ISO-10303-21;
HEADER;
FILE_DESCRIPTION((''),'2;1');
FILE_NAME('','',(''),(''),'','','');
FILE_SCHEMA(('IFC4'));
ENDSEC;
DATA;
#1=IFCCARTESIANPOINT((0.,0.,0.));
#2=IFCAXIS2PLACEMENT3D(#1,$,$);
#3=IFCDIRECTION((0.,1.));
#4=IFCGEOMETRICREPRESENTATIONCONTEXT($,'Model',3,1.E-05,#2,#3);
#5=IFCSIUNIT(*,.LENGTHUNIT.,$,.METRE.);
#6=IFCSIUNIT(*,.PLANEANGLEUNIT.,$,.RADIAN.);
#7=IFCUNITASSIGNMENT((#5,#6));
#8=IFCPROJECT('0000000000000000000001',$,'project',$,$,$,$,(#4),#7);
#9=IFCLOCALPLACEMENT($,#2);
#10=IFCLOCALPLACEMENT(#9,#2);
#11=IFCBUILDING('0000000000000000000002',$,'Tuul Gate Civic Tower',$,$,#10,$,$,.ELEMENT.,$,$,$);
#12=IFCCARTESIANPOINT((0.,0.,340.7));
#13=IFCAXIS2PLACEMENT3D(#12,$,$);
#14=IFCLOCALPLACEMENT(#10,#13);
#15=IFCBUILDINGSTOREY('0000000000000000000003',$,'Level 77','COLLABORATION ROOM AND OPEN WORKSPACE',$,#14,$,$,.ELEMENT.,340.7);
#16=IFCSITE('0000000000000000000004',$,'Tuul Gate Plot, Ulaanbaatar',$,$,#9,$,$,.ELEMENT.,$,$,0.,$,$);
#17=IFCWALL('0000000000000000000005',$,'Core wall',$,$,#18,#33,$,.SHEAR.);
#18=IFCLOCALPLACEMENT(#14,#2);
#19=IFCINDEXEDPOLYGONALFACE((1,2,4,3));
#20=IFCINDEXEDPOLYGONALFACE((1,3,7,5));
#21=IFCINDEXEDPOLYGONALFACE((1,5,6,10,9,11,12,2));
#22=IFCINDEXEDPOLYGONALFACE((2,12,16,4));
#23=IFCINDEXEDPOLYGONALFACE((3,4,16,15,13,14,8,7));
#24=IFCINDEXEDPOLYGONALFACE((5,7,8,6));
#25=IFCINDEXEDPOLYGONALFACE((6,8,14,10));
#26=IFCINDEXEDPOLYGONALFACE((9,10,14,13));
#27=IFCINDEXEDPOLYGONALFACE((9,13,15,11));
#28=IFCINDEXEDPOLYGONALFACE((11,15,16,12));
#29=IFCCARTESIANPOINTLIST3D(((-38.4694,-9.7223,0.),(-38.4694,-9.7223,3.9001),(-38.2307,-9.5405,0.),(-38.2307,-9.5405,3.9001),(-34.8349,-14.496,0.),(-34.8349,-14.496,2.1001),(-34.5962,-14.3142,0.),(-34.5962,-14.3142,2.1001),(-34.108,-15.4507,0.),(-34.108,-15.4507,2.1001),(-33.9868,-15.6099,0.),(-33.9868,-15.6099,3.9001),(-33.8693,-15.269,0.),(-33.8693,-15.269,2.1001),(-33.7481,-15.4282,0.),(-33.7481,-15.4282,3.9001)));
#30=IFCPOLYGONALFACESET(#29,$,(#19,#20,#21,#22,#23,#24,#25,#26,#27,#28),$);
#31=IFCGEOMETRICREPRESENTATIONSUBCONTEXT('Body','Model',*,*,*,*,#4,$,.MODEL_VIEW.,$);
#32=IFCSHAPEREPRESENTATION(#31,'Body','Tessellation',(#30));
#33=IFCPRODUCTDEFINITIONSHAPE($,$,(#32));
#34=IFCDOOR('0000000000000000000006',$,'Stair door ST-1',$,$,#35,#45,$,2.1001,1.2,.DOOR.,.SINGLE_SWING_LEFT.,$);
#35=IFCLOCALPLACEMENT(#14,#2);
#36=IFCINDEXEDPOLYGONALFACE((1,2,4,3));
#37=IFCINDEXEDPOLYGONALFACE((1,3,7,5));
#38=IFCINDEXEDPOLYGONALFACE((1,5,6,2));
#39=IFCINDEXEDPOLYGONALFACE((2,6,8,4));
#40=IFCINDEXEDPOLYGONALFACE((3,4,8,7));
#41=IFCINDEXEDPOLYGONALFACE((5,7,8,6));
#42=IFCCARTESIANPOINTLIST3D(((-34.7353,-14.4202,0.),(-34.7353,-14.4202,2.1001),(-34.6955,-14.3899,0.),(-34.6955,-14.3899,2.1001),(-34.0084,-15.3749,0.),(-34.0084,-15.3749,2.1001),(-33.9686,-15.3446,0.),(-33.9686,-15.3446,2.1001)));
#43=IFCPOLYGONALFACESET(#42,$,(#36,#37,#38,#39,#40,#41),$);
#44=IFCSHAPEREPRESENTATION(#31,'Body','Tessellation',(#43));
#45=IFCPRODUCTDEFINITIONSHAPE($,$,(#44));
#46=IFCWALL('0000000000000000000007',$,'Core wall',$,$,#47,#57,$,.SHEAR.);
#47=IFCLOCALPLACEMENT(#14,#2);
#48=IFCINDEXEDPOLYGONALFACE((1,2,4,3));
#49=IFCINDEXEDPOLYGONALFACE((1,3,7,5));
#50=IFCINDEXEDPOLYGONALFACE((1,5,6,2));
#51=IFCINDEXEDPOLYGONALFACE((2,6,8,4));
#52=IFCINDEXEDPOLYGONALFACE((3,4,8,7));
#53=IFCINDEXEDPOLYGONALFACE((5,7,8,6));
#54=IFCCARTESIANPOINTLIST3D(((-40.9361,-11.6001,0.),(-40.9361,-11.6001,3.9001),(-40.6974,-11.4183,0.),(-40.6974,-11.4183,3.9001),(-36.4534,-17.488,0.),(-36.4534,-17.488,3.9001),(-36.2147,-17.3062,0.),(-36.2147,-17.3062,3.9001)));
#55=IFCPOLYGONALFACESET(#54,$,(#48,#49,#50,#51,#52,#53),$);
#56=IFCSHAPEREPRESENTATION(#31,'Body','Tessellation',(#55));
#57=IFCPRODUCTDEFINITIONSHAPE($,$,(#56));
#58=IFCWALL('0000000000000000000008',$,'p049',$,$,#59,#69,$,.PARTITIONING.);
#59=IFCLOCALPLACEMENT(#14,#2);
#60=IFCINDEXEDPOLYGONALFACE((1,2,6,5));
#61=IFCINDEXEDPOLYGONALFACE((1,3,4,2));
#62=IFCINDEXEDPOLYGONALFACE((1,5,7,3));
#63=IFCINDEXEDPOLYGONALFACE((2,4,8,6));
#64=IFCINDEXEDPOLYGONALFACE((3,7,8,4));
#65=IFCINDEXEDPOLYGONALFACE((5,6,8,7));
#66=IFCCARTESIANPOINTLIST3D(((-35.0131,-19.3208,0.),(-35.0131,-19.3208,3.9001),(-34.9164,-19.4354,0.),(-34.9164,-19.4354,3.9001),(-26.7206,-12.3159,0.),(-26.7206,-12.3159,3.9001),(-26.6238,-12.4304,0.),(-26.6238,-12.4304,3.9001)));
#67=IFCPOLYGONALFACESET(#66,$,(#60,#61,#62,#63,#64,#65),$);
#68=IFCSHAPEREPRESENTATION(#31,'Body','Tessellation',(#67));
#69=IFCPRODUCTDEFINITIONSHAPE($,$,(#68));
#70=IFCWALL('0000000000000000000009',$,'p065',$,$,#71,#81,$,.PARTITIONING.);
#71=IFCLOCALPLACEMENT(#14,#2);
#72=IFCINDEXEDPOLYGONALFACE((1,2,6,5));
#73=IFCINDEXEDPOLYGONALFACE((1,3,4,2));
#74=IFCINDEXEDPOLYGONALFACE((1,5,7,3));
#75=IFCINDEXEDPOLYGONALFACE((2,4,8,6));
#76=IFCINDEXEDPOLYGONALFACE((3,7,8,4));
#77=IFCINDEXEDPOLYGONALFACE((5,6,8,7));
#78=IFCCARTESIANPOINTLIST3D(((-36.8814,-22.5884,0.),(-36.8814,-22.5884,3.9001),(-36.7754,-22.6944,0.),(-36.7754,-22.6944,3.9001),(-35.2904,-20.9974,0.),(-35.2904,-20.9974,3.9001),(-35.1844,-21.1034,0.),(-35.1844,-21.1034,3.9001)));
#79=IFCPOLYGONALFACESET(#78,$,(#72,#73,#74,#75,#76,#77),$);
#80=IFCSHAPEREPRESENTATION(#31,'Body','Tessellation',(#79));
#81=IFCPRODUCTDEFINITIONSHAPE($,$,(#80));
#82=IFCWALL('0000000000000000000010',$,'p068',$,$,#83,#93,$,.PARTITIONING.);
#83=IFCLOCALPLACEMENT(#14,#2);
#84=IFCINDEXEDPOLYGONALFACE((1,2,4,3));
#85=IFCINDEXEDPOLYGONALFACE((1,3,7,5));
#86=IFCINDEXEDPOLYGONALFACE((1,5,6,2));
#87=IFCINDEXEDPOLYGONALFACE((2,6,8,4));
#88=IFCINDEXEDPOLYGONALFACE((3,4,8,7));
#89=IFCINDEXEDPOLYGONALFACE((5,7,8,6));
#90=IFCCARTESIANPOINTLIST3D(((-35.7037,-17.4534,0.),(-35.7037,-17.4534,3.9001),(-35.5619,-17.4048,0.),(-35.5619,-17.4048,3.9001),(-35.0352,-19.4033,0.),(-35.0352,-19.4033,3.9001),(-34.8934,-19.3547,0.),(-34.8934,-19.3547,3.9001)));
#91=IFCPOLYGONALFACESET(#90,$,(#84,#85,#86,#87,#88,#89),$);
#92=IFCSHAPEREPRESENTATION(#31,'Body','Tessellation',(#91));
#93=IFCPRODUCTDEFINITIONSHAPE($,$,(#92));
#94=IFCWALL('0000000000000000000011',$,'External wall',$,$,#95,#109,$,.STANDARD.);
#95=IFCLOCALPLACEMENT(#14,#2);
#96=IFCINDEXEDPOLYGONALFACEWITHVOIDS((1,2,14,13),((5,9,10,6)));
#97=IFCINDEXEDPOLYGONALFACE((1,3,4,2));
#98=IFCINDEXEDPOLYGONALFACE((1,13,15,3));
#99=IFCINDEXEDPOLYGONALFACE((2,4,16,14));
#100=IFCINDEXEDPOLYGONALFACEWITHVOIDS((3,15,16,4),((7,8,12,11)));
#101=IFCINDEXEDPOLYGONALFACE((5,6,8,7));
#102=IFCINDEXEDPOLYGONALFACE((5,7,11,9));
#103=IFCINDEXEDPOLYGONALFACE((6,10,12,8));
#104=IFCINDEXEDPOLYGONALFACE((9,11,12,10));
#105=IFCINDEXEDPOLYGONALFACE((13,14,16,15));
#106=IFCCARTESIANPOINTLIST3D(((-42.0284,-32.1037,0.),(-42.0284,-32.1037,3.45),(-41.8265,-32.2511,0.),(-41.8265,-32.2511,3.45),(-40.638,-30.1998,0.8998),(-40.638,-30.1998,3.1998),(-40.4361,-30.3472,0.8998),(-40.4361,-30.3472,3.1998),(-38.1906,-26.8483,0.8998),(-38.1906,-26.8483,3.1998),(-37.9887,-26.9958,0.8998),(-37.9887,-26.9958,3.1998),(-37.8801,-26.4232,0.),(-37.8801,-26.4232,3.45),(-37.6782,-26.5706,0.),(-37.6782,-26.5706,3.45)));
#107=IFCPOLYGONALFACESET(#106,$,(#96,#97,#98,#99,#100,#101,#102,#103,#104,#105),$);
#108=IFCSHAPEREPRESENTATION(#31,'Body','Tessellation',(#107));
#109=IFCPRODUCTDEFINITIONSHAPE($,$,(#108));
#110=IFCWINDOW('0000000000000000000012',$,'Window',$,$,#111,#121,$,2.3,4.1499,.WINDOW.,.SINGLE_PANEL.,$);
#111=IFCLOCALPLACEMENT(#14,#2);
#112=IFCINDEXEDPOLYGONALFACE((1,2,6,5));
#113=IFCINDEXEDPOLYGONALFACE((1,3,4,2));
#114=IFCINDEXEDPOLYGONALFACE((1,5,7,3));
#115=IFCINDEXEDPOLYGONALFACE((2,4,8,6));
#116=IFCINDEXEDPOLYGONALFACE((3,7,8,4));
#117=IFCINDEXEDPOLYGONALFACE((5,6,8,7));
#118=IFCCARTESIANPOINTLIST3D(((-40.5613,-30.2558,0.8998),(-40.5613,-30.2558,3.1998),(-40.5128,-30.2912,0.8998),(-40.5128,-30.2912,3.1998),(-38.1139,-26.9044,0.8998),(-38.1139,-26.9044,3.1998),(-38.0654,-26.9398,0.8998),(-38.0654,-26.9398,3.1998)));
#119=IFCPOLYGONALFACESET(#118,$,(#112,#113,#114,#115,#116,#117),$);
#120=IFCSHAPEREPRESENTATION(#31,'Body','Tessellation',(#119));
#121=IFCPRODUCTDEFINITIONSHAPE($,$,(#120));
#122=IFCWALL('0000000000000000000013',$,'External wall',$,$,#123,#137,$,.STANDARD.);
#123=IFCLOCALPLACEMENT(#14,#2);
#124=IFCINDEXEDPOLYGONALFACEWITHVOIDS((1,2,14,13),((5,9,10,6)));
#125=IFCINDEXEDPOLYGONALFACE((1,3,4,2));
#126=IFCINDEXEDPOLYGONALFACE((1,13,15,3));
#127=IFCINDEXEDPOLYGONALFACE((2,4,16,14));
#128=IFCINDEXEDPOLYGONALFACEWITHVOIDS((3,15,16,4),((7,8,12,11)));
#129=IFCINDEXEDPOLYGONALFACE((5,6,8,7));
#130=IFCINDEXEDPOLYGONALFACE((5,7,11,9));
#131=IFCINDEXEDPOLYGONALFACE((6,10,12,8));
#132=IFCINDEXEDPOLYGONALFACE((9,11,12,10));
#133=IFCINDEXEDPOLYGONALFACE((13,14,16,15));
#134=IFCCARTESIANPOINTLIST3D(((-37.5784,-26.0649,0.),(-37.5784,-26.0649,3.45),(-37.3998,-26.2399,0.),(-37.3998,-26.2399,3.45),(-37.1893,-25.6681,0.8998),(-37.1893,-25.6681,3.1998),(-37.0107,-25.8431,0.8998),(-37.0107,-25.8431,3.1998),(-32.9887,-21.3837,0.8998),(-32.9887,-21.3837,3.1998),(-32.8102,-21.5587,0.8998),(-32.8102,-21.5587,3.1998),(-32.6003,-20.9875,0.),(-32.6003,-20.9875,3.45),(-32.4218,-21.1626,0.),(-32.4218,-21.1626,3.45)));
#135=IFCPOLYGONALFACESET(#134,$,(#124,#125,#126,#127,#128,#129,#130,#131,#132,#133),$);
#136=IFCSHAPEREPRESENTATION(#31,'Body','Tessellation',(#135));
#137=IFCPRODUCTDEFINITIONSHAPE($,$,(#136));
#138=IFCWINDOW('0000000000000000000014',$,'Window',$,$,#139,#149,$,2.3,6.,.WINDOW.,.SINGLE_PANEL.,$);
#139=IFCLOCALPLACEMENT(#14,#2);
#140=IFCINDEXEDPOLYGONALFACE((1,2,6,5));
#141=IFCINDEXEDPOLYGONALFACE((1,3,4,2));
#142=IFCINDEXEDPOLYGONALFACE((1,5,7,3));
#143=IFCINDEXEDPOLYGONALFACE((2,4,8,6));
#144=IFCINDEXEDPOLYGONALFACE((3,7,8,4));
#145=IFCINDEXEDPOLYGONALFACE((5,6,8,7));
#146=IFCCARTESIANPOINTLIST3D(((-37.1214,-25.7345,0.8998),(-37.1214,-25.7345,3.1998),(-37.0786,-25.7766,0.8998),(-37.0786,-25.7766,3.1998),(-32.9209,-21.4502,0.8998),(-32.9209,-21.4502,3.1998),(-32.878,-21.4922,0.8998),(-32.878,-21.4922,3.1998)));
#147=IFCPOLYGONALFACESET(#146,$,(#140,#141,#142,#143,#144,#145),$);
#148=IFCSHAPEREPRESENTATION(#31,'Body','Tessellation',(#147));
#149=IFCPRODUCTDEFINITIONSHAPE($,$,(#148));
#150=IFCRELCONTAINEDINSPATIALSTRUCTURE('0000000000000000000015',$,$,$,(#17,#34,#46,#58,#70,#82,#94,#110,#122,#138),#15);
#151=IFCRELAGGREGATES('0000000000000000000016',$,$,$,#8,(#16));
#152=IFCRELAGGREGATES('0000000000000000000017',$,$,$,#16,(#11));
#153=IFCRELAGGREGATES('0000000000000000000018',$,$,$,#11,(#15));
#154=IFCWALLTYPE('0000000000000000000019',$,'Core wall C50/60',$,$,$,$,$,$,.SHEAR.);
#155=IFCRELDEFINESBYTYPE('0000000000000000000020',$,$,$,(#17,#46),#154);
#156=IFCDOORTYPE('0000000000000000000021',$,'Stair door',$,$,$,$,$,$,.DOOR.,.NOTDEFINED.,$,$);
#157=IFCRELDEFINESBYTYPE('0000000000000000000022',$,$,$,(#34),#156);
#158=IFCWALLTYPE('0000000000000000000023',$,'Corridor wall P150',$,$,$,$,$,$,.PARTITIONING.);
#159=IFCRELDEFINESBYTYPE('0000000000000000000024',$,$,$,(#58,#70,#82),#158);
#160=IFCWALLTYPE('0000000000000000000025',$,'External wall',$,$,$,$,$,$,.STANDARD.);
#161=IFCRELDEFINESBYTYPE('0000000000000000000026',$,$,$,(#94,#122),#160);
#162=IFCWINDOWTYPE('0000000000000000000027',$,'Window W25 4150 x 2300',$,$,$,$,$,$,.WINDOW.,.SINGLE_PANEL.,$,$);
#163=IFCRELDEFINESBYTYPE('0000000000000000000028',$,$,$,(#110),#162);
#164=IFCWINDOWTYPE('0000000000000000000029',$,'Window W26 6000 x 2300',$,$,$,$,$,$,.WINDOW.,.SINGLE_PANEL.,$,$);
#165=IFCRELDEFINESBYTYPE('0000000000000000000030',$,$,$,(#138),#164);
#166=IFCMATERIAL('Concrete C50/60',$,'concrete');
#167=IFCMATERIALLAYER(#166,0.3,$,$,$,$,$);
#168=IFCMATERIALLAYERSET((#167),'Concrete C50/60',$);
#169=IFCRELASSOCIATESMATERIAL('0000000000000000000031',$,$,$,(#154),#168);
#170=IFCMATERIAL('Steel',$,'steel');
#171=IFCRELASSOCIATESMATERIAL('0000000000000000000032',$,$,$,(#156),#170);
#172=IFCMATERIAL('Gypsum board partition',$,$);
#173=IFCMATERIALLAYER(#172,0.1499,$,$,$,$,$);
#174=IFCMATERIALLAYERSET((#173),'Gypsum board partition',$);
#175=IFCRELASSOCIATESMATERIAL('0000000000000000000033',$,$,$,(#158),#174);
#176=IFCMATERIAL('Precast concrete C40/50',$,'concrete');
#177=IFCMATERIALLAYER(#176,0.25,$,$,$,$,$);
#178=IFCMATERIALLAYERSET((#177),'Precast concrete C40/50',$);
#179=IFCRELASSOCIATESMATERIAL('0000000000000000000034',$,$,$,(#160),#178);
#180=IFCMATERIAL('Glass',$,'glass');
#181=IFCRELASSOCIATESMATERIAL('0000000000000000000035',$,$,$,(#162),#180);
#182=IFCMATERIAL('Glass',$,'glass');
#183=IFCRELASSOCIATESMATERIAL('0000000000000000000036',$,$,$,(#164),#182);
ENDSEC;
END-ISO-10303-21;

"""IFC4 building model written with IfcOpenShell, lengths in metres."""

from ifc_helpers import new_model, si_unit, direction, frame, frame_2d, origin, place, context, subcontext, project, spatial, rectangle, extrude, material, layer, layer_set, type_object, element, fill, save


model = new_model("IFC4")

# Units and contexts
model_context = context("Model", 3, precision=1e-05, world=origin(), true_north=direction((0.0, 1.0)))
body_context = subcontext(model_context, "Body", "Model", "MODEL_VIEW")
ifc_project = project(units=[si_unit("LENGTHUNIT", "METRE"), si_unit("PLANEANGLEUNIT", "RADIAN")], contexts=[model_context])

# Site, building, storey
site_placement = place(None, origin())
site = spatial("IfcSite", under=ifc_project, at=site_placement, Name="Tuul Gate Plot, Ulaanbaatar", CompositionType="ELEMENT", RefElevation=0.0)
building_placement = place(site_placement, origin())
building = spatial("IfcBuilding", under=site, at=building_placement, Name="Tuul Gate Civic Tower", CompositionType="ELEMENT")
storey_placement = place(building_placement, frame((0.0, 0.0, 340.7)))
storey = spatial("IfcBuildingStorey", under=building, at=storey_placement, Name="Level 77", Description="COLLABORATION ROOM AND OPEN WORKSPACE", CompositionType="ELEMENT", Elevation=340.7)

# Wall, opening, door
ifc_material_1 = material(Name="Concrete C50/60", Category="concrete")
ifc_layer_1 = layer(ifc_material_1, 0.3)
ifc_layer_set_1 = layer_set([ifc_layer_1], Name="Concrete C50/60")
wall_type_1 = type_object("IfcWallType", Name="Core wall C50/60", PredefinedType="SHEAR", material=ifc_layer_set_1)
wall_1_placement = place(storey_placement, frame((-33.8674, -15.519, 0.0), z_axis=(0.0, 0.0, 1.0), x_axis=(-0.60577, 0.79564, 0.0)))
wall_1 = element("IfcWall", 1, at=wall_1_placement, inside=storey, type_object=wall_type_1, Name="Core wall", PredefinedType="SHEAR", context=body_context, shape_type="SweptSolid", body=[
    extrude(rectangle(XDim=7.3999, YDim=0.3, at=frame_2d((3.7, 0.0))), origin(), (0.0, 0.0, 1.0), 3.9001),
])
opening_1_placement = place(wall_1_placement, frame((0.2, 0.0, 0.0)))
opening_1 = element("IfcOpeningElement", 2, at=opening_1_placement, cuts=wall_1, PredefinedType="OPENING", context=body_context, shape_type="SweptSolid", body=[
    extrude(rectangle(XDim=1.2, YDim=2.1001, at=frame_2d((0.6001, 1.05))), frame((0.0, 0.1602, 0.0), z_axis=(0.0, -1.0, 0.0), x_axis=(1.0, 0.0, 0.0)), (0.0, 0.0, 1.0), 0.3201),
])
ifc_material_2 = material(Name="Steel", Category="steel")
door_type = type_object("IfcDoorType", Name="Stair door", OperationType="NOTDEFINED", PredefinedType="DOOR", material=ifc_material_2)
door_placement = place(opening_1_placement, origin())
door = element("IfcDoor", 3, at=door_placement, inside=storey, type_object=door_type, Name="Stair door ST-1", OperationType="SINGLE_SWING_LEFT", OverallHeight=2.1001, OverallWidth=1.2, PredefinedType="DOOR", context=body_context, shape_type="SweptSolid", body=[
    extrude(rectangle(XDim=1.2, YDim=2.1001, at=frame_2d((0.6001, 1.05))), frame((0.0, 0.0249, 0.0), z_axis=(0.0, -1.0, 0.0), x_axis=(1.0, 0.0, 0.0)), (0.0, 0.0, 1.0), 0.05),
])
fill(opening_1, door)

# Walls
wall_2_placement = place(storey_placement, frame((-36.334, -17.3972, 0.0), z_axis=(0.0, 0.0, 1.0), x_axis=(-0.605754, 0.795652, 0.0)))
element("IfcWall", 4, at=wall_2_placement, inside=storey, type_object=wall_type_1, Name="Core wall", PredefinedType="SHEAR", context=body_context, shape_type="SweptSolid", body=[
    extrude(rectangle(XDim=7.4001, YDim=0.3, at=frame_2d((3.7002, 0.0))), origin(), (0.0, 0.0, 1.0), 3.9001),
])
ifc_material_3 = material(Name="Gypsum board partition")
ifc_layer_2 = layer(ifc_material_3, 0.1499)
ifc_layer_set_2 = layer_set([ifc_layer_2], Name="Gypsum board partition")
wall_type_2 = type_object("IfcWallType", Name="Corridor wall P150", PredefinedType="PARTITIONING", material=ifc_layer_set_2)
wall_3_placement = place(storey_placement, frame((-34.9648, -19.3782, 0.0), z_axis=(0.0, 0.0, 1.0), x_axis=(0.763923, 0.645307, 0.0)))
element("IfcWall", 5, at=wall_3_placement, inside=storey, type_object=wall_type_2, Name="p049", PredefinedType="PARTITIONING", context=body_context, shape_type="SweptSolid", body=[
    extrude(rectangle(XDim=10.8552, YDim=0.1499, at=frame_2d((5.4277, 0.0))), origin(), (0.0, 0.0, 1.0), 3.9001),
])
wall_4_placement = place(storey_placement, frame((-36.8284, -22.6414, 0.0), z_axis=(0.0, 0.0, 1.0), x_axis=(0.707107, 0.707107, 0.0)))
element("IfcWall", 6, at=wall_4_placement, inside=storey, type_object=wall_type_2, Name="p065", PredefinedType="PARTITIONING", context=body_context, shape_type="SweptSolid", body=[
    extrude(rectangle(XDim=2.25, YDim=0.1499, at=frame_2d((1.125, 0.0))), origin(), (0.0, 0.0, 1.0), 3.9001),
])
wall_5_placement = place(storey_placement, frame((-35.6328, -17.429, 0.0), z_axis=(0.0, 0.0, 1.0), x_axis=(0.324282, -0.94596, 0.0)))
element("IfcWall", 7, at=wall_5_placement, inside=storey, type_object=wall_type_2, Name="p068", PredefinedType="PARTITIONING", context=body_context, shape_type="SweptSolid", body=[
    extrude(rectangle(XDim=2.0613, YDim=0.1499, at=frame_2d((1.0308, 0.0))), origin(), (0.0, 0.0, 1.0), 3.9001),
])

# Walls, openings, windows
ifc_material_4 = material(Name="Precast concrete C40/50", Category="concrete")
ifc_layer_3 = layer(ifc_material_4, 0.25)
ifc_layer_set_3 = layer_set([ifc_layer_3], Name="Precast concrete C40/50")
wall_type_3 = type_object("IfcWallType", Name="External wall", PredefinedType="STANDARD", material=ifc_layer_set_3)
wall_6_placement = place(storey_placement, frame((-41.9275, -32.1775, 0.0), z_axis=(0.0, 0.0, 1.0), x_axis=(0.589749, 0.807586, 0.0)))
wall_6 = element("IfcWall", 8, at=wall_6_placement, inside=storey, type_object=wall_type_3, Name="External wall", PredefinedType="STANDARD", context=body_context, shape_type="SweptSolid", body=[
    extrude(rectangle(XDim=7.0339, YDim=0.25, at=frame_2d((3.5171, 0.0))), origin(), (0.0, 0.0, 1.0), 3.45),
])
opening_2_placement = place(wall_6_placement, frame((2.3577, 0.0, 0.8999)))
opening_2 = element("IfcOpeningElement", 9, at=opening_2_placement, cuts=wall_6, PredefinedType="OPENING", context=body_context, shape_type="SweptSolid", body=[
    extrude(rectangle(XDim=4.1499, YDim=2.3, at=frame_2d((2.075, 1.1499))), frame((0.0, 0.135, 0.0), z_axis=(0.0, -1.0, 0.0), x_axis=(1.0, 0.0, 0.0)), (0.0, 0.0, 1.0), 0.27),
])
ifc_material_5 = material(Name="Glass", Category="glass")
window_type_1 = type_object("IfcWindowType", Name="Window W25 4150 x 2300", PartitioningType="SINGLE_PANEL", PredefinedType="WINDOW", material=ifc_material_5)
window_1_placement = place(opening_2_placement, origin())
window_1 = element("IfcWindow", 10, at=window_1_placement, inside=storey, type_object=window_type_1, Name="Window", OverallHeight=2.3, OverallWidth=4.1499, PartitioningType="SINGLE_PANEL", PredefinedType="WINDOW", context=body_context, shape_type="SweptSolid", body=[
    extrude(rectangle(XDim=4.1499, YDim=2.3, at=frame_2d((2.075, 1.1499))), frame((0.0, 0.03, 0.0), z_axis=(0.0, -1.0, 0.0), x_axis=(1.0, 0.0, 0.0)), (0.0, 0.0, 1.0), 0.0601),
])
fill(opening_2, window_1)
wall_7_placement = place(storey_placement, frame((-37.489, -26.1523, 0.0), z_axis=(0.0, 0.0, 1.0), x_axis=(0.700085, 0.714059, 0.0)))
wall_7 = element("IfcWall", 11, at=wall_7_placement, inside=storey, type_object=wall_type_3, Name="External wall", PredefinedType="STANDARD", context=body_context, shape_type="SweptSolid", body=[
    extrude(rectangle(XDim=7.1106, YDim=0.25, at=frame_2d((3.5552, 0.0))), origin(), (0.0, 0.0, 1.0), 3.45),
])
opening_3_placement = place(wall_7_placement, frame((0.5557, 0.0, 0.8999)))
opening_3 = element("IfcOpeningElement", 12, at=opening_3_placement, cuts=wall_7, PredefinedType="OPENING", context=body_context, shape_type="SweptSolid", body=[
    extrude(rectangle(XDim=6.0, YDim=2.3, at=frame_2d((3.0, 1.1499))), frame((0.0, 0.135, 0.0), z_axis=(0.0, -1.0, 0.0), x_axis=(1.0, 0.0, 0.0)), (0.0, 0.0, 1.0), 0.27),
])
ifc_material_6 = material(Name="Glass", Category="glass")
window_type_2 = type_object("IfcWindowType", Name="Window W26 6000 x 2300", PartitioningType="SINGLE_PANEL", PredefinedType="WINDOW", material=ifc_material_6)
window_2_placement = place(opening_3_placement, origin())
window_2 = element("IfcWindow", 13, at=window_2_placement, inside=storey, type_object=window_type_2, Name="Window", OverallHeight=2.3, OverallWidth=6.0, PartitioningType="SINGLE_PANEL", PredefinedType="WINDOW", context=body_context, shape_type="SweptSolid", body=[
    extrude(rectangle(XDim=6.0, YDim=2.3, at=frame_2d((3.0, 1.1499))), frame((0.0, 0.03, 0.0), z_axis=(0.0, -1.0, 0.0), x_axis=(1.0, 0.0, 0.0)), (0.0, 0.0, 1.0), 0.0601),
])
fill(opening_3, window_2)

save(model, "model.ifc")
